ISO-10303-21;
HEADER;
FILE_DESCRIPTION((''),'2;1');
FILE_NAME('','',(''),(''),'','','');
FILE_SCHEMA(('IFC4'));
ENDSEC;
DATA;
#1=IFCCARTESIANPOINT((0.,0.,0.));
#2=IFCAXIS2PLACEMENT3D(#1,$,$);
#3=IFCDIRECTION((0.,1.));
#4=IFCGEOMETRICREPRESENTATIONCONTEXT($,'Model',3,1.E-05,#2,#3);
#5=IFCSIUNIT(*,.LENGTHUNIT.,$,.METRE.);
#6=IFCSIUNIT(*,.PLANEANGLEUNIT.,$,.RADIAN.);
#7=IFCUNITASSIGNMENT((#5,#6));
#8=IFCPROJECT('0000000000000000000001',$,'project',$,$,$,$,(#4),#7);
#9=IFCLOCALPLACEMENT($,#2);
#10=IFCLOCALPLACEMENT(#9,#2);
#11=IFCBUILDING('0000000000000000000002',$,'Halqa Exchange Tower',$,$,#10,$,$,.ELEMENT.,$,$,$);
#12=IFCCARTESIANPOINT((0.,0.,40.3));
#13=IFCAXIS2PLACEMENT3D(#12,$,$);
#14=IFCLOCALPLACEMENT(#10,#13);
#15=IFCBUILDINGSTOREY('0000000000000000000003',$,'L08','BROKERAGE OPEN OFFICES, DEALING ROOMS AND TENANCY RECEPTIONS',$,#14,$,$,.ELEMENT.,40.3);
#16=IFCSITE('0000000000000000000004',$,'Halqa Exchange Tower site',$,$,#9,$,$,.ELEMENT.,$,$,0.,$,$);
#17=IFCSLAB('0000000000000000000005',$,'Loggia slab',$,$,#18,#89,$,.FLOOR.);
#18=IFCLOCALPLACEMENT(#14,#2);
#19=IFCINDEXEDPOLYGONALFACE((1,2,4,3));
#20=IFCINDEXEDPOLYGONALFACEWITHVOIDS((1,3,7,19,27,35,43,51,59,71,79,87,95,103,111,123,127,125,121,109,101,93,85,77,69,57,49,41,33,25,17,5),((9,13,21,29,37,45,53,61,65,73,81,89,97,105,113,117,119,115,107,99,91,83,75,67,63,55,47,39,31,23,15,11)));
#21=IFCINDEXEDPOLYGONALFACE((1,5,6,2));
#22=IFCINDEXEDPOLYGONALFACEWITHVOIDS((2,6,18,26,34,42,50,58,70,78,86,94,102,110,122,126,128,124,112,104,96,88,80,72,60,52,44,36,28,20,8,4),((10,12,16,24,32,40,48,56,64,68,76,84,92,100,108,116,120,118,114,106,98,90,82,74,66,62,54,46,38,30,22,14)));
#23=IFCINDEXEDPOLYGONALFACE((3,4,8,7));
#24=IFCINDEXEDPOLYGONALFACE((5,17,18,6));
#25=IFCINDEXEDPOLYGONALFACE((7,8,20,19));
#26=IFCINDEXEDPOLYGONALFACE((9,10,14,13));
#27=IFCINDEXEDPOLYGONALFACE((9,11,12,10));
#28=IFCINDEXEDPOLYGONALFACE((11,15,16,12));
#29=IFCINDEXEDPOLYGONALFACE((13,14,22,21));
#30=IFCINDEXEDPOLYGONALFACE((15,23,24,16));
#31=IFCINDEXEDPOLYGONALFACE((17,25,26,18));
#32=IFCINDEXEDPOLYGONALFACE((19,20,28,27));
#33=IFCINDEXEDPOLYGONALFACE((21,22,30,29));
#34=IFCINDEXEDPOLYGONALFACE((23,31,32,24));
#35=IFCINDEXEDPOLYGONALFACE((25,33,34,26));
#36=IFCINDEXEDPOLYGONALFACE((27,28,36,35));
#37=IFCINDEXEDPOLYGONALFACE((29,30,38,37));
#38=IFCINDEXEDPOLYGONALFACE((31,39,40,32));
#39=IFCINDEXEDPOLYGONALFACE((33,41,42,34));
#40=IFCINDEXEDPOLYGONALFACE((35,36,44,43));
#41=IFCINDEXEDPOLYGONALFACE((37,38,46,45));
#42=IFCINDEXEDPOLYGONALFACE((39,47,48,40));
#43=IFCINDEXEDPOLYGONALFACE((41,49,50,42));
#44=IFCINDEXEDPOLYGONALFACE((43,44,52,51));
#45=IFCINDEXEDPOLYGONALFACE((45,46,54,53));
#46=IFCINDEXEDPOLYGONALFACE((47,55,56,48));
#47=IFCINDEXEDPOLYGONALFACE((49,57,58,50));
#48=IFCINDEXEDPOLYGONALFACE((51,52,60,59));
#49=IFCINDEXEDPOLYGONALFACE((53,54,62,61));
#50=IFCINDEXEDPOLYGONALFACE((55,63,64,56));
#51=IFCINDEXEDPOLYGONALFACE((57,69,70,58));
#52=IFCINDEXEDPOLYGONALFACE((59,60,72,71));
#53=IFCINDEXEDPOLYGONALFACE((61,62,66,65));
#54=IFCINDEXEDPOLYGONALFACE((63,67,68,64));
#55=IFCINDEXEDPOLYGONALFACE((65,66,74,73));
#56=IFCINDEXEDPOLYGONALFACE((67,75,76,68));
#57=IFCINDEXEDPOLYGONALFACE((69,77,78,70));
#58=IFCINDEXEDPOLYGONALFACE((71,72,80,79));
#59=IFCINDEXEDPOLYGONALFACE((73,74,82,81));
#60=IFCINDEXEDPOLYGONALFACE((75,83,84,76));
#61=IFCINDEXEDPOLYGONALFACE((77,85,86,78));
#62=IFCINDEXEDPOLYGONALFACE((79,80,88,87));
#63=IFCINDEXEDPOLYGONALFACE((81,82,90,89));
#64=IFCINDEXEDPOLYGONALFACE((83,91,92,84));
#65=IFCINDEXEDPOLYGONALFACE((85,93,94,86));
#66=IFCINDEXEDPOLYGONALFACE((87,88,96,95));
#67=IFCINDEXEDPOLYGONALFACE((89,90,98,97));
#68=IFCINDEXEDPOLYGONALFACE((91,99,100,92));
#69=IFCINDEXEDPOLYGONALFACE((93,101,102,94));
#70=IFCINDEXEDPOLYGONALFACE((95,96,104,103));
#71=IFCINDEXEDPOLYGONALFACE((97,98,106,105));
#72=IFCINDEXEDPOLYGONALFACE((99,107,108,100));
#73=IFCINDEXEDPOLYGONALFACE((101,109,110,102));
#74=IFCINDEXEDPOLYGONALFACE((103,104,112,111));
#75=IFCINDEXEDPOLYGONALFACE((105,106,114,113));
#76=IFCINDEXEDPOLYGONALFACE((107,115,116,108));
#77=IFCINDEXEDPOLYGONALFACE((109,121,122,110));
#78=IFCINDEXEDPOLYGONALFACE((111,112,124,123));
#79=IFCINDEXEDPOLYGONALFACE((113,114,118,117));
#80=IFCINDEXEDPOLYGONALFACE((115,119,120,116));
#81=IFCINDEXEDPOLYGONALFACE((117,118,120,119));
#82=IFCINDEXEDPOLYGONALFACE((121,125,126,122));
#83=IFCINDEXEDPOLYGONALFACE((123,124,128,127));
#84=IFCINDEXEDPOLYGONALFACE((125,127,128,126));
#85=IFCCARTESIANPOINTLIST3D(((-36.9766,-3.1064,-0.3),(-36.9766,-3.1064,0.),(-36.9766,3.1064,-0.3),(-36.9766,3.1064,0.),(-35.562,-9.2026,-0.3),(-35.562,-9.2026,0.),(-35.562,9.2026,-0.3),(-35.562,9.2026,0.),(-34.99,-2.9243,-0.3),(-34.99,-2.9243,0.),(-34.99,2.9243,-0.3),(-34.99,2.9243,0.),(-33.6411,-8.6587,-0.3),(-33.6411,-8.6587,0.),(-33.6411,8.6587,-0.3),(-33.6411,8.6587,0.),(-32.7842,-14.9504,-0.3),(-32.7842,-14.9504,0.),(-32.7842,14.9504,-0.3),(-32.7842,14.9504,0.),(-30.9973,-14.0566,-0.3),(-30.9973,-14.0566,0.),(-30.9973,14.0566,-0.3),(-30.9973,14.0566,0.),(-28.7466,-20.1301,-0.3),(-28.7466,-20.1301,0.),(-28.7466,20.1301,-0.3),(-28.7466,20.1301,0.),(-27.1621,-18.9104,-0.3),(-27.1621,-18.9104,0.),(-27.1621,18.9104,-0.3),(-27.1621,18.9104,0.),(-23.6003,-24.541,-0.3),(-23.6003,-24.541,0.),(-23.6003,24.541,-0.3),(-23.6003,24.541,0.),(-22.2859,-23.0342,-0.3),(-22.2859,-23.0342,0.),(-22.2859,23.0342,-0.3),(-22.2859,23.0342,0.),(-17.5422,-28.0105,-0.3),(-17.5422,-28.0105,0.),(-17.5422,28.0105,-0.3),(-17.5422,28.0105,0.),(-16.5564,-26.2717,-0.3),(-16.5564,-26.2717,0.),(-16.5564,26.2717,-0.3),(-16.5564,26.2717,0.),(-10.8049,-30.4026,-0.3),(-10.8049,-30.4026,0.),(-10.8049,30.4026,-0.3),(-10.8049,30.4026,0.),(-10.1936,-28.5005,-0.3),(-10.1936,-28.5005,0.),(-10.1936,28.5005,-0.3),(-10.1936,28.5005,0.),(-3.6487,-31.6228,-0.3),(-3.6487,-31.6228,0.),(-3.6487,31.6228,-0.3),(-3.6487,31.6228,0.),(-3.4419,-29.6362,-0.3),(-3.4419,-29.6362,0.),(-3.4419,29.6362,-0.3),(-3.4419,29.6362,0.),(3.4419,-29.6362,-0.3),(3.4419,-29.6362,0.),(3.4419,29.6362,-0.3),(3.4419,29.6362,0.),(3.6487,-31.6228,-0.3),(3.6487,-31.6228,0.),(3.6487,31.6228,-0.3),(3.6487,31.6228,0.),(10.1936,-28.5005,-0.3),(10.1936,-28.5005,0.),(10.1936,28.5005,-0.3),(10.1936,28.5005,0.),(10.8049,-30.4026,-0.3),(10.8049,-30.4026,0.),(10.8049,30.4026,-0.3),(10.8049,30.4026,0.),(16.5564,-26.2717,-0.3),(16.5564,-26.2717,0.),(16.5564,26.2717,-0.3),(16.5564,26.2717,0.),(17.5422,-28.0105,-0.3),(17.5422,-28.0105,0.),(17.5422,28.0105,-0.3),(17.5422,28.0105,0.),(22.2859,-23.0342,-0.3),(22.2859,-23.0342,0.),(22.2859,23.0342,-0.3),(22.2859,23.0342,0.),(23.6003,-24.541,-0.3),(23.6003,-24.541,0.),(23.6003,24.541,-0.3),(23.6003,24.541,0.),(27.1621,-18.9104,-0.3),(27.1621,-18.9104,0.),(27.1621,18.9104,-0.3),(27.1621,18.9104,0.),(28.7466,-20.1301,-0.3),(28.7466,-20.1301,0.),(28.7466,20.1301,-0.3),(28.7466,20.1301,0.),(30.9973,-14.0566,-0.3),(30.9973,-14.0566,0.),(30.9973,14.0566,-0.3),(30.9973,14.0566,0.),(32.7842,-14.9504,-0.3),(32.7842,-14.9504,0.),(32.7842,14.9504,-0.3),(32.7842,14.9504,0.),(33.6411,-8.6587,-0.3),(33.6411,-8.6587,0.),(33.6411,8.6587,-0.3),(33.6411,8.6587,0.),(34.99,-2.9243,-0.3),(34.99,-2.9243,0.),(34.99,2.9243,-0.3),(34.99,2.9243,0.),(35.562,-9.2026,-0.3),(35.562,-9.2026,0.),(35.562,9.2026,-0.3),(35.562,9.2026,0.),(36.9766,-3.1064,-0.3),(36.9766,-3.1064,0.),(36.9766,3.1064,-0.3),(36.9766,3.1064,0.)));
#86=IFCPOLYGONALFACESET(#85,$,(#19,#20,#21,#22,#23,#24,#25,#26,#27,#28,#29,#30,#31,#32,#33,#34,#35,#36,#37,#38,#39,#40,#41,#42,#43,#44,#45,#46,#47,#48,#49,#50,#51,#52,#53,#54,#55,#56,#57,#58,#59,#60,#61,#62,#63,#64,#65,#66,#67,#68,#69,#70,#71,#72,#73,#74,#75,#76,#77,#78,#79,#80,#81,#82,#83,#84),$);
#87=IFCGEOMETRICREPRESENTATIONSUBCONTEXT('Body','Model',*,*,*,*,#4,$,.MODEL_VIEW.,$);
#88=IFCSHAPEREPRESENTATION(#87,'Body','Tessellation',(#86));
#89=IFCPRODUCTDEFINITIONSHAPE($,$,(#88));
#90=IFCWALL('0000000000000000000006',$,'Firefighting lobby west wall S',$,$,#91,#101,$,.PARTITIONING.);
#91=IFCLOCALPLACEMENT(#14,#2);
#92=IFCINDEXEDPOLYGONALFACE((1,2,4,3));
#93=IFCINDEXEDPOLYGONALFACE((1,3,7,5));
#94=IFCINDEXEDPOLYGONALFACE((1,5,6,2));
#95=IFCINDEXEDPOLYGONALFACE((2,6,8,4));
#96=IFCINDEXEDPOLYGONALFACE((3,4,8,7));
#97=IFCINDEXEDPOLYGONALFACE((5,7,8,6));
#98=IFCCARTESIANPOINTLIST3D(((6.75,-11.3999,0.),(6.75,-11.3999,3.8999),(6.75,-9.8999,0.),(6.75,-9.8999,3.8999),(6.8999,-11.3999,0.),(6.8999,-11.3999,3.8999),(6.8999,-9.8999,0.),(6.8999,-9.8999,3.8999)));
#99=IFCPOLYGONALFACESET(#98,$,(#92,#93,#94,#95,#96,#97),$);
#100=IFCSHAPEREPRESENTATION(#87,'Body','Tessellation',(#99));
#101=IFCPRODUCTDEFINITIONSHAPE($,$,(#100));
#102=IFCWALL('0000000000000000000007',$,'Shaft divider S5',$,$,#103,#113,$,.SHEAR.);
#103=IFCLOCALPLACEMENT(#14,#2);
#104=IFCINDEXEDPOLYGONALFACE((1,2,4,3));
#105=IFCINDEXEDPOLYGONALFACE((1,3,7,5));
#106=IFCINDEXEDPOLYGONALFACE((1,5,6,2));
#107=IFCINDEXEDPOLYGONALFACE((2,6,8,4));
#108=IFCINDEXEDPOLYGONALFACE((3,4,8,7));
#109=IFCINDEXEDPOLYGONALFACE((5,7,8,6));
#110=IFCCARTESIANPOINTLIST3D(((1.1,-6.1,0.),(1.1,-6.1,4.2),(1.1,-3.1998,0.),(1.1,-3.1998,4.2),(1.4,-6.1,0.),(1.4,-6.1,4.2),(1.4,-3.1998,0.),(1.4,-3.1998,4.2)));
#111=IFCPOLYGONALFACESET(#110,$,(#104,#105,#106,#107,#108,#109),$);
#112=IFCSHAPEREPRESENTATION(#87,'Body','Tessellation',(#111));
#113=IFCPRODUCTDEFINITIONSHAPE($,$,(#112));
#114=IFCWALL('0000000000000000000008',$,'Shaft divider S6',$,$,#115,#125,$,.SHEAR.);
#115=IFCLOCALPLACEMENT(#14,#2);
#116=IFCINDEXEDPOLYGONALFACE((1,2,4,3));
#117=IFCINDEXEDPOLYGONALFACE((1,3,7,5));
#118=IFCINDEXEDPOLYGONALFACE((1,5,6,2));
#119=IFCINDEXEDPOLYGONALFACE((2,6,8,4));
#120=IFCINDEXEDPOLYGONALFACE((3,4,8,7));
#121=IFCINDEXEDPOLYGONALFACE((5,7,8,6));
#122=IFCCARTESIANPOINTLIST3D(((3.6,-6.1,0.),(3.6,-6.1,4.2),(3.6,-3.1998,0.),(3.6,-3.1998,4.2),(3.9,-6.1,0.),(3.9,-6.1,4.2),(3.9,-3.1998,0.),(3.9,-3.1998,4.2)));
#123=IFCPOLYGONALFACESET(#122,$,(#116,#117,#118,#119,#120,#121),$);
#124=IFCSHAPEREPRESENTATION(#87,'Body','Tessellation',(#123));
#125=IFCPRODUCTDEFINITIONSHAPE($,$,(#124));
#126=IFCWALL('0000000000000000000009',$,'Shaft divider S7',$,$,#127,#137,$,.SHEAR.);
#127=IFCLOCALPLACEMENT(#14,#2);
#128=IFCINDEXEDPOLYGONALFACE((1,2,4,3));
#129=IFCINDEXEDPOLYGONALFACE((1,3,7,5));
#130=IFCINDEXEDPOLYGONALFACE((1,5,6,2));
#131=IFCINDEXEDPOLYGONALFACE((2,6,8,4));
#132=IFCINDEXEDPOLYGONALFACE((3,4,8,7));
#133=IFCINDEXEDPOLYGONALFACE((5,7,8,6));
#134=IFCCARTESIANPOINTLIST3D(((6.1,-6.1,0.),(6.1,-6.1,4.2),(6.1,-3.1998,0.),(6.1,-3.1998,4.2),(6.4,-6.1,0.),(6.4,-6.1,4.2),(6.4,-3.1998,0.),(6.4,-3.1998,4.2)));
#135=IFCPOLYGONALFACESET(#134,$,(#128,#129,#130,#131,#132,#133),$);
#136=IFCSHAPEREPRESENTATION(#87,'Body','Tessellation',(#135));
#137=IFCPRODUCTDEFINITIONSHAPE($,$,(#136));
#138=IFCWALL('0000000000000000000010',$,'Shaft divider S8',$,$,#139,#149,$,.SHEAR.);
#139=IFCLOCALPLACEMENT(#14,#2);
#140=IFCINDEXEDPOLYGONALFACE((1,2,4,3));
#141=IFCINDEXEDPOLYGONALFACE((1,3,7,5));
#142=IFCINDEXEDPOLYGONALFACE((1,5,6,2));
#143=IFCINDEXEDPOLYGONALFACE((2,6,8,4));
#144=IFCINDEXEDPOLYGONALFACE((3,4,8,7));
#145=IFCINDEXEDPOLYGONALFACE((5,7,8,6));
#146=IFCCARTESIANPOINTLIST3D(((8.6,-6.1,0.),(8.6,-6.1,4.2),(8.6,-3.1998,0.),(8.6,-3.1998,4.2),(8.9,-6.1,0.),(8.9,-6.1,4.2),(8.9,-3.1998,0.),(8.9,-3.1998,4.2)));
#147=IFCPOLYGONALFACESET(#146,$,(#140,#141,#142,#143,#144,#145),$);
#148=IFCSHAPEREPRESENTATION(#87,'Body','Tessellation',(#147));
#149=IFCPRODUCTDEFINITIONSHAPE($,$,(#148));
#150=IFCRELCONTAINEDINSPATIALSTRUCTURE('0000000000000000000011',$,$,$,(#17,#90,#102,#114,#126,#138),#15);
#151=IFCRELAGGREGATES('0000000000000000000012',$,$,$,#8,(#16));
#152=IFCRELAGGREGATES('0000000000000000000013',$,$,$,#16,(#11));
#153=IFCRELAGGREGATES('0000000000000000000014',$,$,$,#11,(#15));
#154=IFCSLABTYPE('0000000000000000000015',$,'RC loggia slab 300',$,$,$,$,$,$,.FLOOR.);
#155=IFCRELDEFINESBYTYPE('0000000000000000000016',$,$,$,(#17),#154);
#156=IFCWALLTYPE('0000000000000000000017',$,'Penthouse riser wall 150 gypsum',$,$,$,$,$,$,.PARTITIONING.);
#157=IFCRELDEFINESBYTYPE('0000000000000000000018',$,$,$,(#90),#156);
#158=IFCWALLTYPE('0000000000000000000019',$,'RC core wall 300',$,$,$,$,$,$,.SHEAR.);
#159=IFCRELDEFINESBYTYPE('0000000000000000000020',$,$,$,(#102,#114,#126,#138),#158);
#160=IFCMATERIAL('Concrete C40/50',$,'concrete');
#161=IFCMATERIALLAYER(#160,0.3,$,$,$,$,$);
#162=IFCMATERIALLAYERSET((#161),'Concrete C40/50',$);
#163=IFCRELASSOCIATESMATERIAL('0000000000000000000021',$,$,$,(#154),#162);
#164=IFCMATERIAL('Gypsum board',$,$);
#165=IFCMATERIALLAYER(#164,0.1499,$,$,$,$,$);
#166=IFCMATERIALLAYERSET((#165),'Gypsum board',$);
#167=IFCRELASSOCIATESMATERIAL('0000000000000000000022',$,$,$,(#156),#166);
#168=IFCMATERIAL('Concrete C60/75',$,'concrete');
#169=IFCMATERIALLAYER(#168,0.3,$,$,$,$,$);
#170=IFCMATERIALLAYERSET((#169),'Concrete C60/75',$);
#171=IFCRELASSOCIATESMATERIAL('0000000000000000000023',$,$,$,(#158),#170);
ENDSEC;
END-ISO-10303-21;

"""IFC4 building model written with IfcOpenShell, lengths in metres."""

from ifc_helpers import new_model, si_unit, direction, frame, frame_2d, origin, place, context, subcontext, project, spatial, polyline, rectangle, outline, extrude, material, layer, layer_set, type_object, element, save


model = new_model("IFC4")

# Units and contexts
model_context = context("Model", 3, precision=1e-05, world=origin(), true_north=direction((0.0, 1.0)))
body_context = subcontext(model_context, "Body", "Model", "MODEL_VIEW")
ifc_project = project(units=[si_unit("LENGTHUNIT", "METRE"), si_unit("PLANEANGLEUNIT", "RADIAN")], contexts=[model_context])

# Site, building, storey
site_placement = place(None, origin())
site = spatial("IfcSite", under=ifc_project, at=site_placement, Name="Halqa Exchange Tower site", CompositionType="ELEMENT", RefElevation=0.0)
building_placement = place(site_placement, origin())
building = spatial("IfcBuilding", under=site, at=building_placement, Name="Halqa Exchange Tower", CompositionType="ELEMENT")
storey_placement = place(building_placement, frame((0.0, 0.0, 40.3)))
storey = spatial("IfcBuildingStorey", under=building, at=storey_placement, Name="L08", Description="BROKERAGE OPEN OFFICES, DEALING ROOMS AND TENANCY RECEPTIONS", CompositionType="ELEMENT", Elevation=40.3)

# Slab
ifc_material_1 = material(Name="Concrete C60/75", Category="concrete")
ifc_material_2 = material(Name="Concrete C40/50", Category="concrete")
ifc_layer_1 = layer(ifc_material_2, 0.3)
ifc_layer_set_1 = layer_set([ifc_layer_1], Name="Concrete C40/50")
slab_type_1 = type_object("IfcSlabType", Name="RC loggia slab 300", PredefinedType="FLOOR", material=ifc_layer_set_1)
slab_1_placement = place(storey_placement, frame((0.0, 0.0, -0.3)))
element("IfcSlab", 1, at=slab_1_placement, inside=storey, type_object=slab_type_1, Name="Loggia slab", PredefinedType="FLOOR", context=body_context, shape_type="SweptSolid", body=[
    extrude(outline(polyline([(36.9766, 3.1064), (36.9766, -3.1064), (35.562, -9.2026), (32.7842, -14.9504), (28.7466, -20.1301), (23.6003, -24.541), (17.5422, -28.0105), (10.8049, -30.4026), (3.6487, -31.6228), (-3.6487, -31.6228), (-10.8049, -30.4026), (-17.5422, -28.0105), (-23.6003, -24.541), (-28.7466, -20.1301), (-32.7842, -14.9504), (-35.562, -9.2026), (-36.9766, -3.1064), (-36.9766, 3.1064), (-35.562, 9.2026), (-32.7842, 14.9504), (-28.7466, 20.1301), (-23.6003, 24.541), (-17.5422, 28.0105), (-10.8049, 30.4026), (-3.6487, 31.6228), (3.6487, 31.6228), (10.8049, 30.4026), (17.5422, 28.0105), (23.6003, 24.541), (28.7466, 20.1301), (32.7842, 14.9504), (35.562, 9.2026), (36.9766, 3.1064)]), holes=[polyline([(34.99, 2.9243), (33.6411, 8.6587), (30.9973, 14.0566), (27.1621, 18.9104), (22.2859, 23.0342), (16.5564, 26.2717), (10.1936, 28.5005), (3.4419, 29.6362), (-3.4419, 29.6362), (-10.1936, 28.5005), (-16.5564, 26.2717), (-22.2859, 23.0342), (-27.1621, 18.9104), (-30.9973, 14.0566), (-33.6411, 8.6587), (-34.99, 2.9243), (-34.99, -2.9243), (-33.6411, -8.6587), (-30.9973, -14.0566), (-27.1621, -18.9104), (-22.2859, -23.0342), (-16.5564, -26.2717), (-10.1936, -28.5005), (-3.4419, -29.6362), (3.4419, -29.6362), (10.1936, -28.5005), (16.5564, -26.2717), (22.2859, -23.0342), (27.1621, -18.9104), (30.9973, -14.0566), (33.6411, -8.6587), (34.99, -2.9243), (34.99, 2.9243)])]), origin(), (0.0, 0.0, 1.0), 0.3),
])

# Walls
ifc_material_3 = material(Name="Gypsum board")
ifc_layer_2 = layer(ifc_material_3, 0.1499)
ifc_layer_set_2 = layer_set([ifc_layer_2], Name="Gypsum board")
wall_type_1 = type_object("IfcWallType", Name="Penthouse riser wall 150 gypsum", PredefinedType="PARTITIONING", material=ifc_layer_set_2)
wall_1_placement = place(storey_placement, frame((6.825, -11.3999, 0.0), z_axis=(0.0, 0.0, 1.0), x_axis=(0.0, 1.0, 0.0)))
element("IfcWall", 2, at=wall_1_placement, inside=storey, type_object=wall_type_1, Name="Firefighting lobby west wall S", PredefinedType="PARTITIONING", context=body_context, shape_type="SweptSolid", body=[
    extrude(rectangle(XDim=1.5, YDim=0.1499, at=frame_2d((0.75, 0.0))), origin(), (0.0, 0.0, 1.0), 3.8999),
])
ifc_layer_3 = layer(ifc_material_1, 0.3)
ifc_layer_set_3 = layer_set([ifc_layer_3], Name="Concrete C60/75")
wall_type_2 = type_object("IfcWallType", Name="RC core wall 300", PredefinedType="SHEAR", material=ifc_layer_set_3)
for number, where, z_axis, x_axis, name in (
    (3, (1.25, -6.1001, 0.0), (0.0, 0.0, 1.0), (0.0, 1.0, 0.0), "Shaft divider S5"),
    (4, (3.75, -6.1001, 0.0), (0.0, 0.0, 1.0), (0.0, 1.0, 0.0), "Shaft divider S6"),
    (5, (6.25, -6.1001, 0.0), (0.0, 0.0, 1.0), (0.0, 1.0, 0.0), "Shaft divider S7"),
    (6, (8.75, -6.1001, 0.0), (0.0, 0.0, 1.0), (0.0, 1.0, 0.0), "Shaft divider S8"),
):
    element("IfcWall", number, at=place(storey_placement, frame(where, z_axis=z_axis, x_axis=x_axis)), inside=storey, type_object=wall_type_2, Name=name, PredefinedType="SHEAR", context=body_context, shape_type="SweptSolid", body=[
        extrude(rectangle(XDim=2.9001, YDim=0.3, at=frame_2d((1.4502, 0.0))), origin(), (0.0, 0.0, 1.0), 4.2),
    ])

save(model, "model.ifc")
